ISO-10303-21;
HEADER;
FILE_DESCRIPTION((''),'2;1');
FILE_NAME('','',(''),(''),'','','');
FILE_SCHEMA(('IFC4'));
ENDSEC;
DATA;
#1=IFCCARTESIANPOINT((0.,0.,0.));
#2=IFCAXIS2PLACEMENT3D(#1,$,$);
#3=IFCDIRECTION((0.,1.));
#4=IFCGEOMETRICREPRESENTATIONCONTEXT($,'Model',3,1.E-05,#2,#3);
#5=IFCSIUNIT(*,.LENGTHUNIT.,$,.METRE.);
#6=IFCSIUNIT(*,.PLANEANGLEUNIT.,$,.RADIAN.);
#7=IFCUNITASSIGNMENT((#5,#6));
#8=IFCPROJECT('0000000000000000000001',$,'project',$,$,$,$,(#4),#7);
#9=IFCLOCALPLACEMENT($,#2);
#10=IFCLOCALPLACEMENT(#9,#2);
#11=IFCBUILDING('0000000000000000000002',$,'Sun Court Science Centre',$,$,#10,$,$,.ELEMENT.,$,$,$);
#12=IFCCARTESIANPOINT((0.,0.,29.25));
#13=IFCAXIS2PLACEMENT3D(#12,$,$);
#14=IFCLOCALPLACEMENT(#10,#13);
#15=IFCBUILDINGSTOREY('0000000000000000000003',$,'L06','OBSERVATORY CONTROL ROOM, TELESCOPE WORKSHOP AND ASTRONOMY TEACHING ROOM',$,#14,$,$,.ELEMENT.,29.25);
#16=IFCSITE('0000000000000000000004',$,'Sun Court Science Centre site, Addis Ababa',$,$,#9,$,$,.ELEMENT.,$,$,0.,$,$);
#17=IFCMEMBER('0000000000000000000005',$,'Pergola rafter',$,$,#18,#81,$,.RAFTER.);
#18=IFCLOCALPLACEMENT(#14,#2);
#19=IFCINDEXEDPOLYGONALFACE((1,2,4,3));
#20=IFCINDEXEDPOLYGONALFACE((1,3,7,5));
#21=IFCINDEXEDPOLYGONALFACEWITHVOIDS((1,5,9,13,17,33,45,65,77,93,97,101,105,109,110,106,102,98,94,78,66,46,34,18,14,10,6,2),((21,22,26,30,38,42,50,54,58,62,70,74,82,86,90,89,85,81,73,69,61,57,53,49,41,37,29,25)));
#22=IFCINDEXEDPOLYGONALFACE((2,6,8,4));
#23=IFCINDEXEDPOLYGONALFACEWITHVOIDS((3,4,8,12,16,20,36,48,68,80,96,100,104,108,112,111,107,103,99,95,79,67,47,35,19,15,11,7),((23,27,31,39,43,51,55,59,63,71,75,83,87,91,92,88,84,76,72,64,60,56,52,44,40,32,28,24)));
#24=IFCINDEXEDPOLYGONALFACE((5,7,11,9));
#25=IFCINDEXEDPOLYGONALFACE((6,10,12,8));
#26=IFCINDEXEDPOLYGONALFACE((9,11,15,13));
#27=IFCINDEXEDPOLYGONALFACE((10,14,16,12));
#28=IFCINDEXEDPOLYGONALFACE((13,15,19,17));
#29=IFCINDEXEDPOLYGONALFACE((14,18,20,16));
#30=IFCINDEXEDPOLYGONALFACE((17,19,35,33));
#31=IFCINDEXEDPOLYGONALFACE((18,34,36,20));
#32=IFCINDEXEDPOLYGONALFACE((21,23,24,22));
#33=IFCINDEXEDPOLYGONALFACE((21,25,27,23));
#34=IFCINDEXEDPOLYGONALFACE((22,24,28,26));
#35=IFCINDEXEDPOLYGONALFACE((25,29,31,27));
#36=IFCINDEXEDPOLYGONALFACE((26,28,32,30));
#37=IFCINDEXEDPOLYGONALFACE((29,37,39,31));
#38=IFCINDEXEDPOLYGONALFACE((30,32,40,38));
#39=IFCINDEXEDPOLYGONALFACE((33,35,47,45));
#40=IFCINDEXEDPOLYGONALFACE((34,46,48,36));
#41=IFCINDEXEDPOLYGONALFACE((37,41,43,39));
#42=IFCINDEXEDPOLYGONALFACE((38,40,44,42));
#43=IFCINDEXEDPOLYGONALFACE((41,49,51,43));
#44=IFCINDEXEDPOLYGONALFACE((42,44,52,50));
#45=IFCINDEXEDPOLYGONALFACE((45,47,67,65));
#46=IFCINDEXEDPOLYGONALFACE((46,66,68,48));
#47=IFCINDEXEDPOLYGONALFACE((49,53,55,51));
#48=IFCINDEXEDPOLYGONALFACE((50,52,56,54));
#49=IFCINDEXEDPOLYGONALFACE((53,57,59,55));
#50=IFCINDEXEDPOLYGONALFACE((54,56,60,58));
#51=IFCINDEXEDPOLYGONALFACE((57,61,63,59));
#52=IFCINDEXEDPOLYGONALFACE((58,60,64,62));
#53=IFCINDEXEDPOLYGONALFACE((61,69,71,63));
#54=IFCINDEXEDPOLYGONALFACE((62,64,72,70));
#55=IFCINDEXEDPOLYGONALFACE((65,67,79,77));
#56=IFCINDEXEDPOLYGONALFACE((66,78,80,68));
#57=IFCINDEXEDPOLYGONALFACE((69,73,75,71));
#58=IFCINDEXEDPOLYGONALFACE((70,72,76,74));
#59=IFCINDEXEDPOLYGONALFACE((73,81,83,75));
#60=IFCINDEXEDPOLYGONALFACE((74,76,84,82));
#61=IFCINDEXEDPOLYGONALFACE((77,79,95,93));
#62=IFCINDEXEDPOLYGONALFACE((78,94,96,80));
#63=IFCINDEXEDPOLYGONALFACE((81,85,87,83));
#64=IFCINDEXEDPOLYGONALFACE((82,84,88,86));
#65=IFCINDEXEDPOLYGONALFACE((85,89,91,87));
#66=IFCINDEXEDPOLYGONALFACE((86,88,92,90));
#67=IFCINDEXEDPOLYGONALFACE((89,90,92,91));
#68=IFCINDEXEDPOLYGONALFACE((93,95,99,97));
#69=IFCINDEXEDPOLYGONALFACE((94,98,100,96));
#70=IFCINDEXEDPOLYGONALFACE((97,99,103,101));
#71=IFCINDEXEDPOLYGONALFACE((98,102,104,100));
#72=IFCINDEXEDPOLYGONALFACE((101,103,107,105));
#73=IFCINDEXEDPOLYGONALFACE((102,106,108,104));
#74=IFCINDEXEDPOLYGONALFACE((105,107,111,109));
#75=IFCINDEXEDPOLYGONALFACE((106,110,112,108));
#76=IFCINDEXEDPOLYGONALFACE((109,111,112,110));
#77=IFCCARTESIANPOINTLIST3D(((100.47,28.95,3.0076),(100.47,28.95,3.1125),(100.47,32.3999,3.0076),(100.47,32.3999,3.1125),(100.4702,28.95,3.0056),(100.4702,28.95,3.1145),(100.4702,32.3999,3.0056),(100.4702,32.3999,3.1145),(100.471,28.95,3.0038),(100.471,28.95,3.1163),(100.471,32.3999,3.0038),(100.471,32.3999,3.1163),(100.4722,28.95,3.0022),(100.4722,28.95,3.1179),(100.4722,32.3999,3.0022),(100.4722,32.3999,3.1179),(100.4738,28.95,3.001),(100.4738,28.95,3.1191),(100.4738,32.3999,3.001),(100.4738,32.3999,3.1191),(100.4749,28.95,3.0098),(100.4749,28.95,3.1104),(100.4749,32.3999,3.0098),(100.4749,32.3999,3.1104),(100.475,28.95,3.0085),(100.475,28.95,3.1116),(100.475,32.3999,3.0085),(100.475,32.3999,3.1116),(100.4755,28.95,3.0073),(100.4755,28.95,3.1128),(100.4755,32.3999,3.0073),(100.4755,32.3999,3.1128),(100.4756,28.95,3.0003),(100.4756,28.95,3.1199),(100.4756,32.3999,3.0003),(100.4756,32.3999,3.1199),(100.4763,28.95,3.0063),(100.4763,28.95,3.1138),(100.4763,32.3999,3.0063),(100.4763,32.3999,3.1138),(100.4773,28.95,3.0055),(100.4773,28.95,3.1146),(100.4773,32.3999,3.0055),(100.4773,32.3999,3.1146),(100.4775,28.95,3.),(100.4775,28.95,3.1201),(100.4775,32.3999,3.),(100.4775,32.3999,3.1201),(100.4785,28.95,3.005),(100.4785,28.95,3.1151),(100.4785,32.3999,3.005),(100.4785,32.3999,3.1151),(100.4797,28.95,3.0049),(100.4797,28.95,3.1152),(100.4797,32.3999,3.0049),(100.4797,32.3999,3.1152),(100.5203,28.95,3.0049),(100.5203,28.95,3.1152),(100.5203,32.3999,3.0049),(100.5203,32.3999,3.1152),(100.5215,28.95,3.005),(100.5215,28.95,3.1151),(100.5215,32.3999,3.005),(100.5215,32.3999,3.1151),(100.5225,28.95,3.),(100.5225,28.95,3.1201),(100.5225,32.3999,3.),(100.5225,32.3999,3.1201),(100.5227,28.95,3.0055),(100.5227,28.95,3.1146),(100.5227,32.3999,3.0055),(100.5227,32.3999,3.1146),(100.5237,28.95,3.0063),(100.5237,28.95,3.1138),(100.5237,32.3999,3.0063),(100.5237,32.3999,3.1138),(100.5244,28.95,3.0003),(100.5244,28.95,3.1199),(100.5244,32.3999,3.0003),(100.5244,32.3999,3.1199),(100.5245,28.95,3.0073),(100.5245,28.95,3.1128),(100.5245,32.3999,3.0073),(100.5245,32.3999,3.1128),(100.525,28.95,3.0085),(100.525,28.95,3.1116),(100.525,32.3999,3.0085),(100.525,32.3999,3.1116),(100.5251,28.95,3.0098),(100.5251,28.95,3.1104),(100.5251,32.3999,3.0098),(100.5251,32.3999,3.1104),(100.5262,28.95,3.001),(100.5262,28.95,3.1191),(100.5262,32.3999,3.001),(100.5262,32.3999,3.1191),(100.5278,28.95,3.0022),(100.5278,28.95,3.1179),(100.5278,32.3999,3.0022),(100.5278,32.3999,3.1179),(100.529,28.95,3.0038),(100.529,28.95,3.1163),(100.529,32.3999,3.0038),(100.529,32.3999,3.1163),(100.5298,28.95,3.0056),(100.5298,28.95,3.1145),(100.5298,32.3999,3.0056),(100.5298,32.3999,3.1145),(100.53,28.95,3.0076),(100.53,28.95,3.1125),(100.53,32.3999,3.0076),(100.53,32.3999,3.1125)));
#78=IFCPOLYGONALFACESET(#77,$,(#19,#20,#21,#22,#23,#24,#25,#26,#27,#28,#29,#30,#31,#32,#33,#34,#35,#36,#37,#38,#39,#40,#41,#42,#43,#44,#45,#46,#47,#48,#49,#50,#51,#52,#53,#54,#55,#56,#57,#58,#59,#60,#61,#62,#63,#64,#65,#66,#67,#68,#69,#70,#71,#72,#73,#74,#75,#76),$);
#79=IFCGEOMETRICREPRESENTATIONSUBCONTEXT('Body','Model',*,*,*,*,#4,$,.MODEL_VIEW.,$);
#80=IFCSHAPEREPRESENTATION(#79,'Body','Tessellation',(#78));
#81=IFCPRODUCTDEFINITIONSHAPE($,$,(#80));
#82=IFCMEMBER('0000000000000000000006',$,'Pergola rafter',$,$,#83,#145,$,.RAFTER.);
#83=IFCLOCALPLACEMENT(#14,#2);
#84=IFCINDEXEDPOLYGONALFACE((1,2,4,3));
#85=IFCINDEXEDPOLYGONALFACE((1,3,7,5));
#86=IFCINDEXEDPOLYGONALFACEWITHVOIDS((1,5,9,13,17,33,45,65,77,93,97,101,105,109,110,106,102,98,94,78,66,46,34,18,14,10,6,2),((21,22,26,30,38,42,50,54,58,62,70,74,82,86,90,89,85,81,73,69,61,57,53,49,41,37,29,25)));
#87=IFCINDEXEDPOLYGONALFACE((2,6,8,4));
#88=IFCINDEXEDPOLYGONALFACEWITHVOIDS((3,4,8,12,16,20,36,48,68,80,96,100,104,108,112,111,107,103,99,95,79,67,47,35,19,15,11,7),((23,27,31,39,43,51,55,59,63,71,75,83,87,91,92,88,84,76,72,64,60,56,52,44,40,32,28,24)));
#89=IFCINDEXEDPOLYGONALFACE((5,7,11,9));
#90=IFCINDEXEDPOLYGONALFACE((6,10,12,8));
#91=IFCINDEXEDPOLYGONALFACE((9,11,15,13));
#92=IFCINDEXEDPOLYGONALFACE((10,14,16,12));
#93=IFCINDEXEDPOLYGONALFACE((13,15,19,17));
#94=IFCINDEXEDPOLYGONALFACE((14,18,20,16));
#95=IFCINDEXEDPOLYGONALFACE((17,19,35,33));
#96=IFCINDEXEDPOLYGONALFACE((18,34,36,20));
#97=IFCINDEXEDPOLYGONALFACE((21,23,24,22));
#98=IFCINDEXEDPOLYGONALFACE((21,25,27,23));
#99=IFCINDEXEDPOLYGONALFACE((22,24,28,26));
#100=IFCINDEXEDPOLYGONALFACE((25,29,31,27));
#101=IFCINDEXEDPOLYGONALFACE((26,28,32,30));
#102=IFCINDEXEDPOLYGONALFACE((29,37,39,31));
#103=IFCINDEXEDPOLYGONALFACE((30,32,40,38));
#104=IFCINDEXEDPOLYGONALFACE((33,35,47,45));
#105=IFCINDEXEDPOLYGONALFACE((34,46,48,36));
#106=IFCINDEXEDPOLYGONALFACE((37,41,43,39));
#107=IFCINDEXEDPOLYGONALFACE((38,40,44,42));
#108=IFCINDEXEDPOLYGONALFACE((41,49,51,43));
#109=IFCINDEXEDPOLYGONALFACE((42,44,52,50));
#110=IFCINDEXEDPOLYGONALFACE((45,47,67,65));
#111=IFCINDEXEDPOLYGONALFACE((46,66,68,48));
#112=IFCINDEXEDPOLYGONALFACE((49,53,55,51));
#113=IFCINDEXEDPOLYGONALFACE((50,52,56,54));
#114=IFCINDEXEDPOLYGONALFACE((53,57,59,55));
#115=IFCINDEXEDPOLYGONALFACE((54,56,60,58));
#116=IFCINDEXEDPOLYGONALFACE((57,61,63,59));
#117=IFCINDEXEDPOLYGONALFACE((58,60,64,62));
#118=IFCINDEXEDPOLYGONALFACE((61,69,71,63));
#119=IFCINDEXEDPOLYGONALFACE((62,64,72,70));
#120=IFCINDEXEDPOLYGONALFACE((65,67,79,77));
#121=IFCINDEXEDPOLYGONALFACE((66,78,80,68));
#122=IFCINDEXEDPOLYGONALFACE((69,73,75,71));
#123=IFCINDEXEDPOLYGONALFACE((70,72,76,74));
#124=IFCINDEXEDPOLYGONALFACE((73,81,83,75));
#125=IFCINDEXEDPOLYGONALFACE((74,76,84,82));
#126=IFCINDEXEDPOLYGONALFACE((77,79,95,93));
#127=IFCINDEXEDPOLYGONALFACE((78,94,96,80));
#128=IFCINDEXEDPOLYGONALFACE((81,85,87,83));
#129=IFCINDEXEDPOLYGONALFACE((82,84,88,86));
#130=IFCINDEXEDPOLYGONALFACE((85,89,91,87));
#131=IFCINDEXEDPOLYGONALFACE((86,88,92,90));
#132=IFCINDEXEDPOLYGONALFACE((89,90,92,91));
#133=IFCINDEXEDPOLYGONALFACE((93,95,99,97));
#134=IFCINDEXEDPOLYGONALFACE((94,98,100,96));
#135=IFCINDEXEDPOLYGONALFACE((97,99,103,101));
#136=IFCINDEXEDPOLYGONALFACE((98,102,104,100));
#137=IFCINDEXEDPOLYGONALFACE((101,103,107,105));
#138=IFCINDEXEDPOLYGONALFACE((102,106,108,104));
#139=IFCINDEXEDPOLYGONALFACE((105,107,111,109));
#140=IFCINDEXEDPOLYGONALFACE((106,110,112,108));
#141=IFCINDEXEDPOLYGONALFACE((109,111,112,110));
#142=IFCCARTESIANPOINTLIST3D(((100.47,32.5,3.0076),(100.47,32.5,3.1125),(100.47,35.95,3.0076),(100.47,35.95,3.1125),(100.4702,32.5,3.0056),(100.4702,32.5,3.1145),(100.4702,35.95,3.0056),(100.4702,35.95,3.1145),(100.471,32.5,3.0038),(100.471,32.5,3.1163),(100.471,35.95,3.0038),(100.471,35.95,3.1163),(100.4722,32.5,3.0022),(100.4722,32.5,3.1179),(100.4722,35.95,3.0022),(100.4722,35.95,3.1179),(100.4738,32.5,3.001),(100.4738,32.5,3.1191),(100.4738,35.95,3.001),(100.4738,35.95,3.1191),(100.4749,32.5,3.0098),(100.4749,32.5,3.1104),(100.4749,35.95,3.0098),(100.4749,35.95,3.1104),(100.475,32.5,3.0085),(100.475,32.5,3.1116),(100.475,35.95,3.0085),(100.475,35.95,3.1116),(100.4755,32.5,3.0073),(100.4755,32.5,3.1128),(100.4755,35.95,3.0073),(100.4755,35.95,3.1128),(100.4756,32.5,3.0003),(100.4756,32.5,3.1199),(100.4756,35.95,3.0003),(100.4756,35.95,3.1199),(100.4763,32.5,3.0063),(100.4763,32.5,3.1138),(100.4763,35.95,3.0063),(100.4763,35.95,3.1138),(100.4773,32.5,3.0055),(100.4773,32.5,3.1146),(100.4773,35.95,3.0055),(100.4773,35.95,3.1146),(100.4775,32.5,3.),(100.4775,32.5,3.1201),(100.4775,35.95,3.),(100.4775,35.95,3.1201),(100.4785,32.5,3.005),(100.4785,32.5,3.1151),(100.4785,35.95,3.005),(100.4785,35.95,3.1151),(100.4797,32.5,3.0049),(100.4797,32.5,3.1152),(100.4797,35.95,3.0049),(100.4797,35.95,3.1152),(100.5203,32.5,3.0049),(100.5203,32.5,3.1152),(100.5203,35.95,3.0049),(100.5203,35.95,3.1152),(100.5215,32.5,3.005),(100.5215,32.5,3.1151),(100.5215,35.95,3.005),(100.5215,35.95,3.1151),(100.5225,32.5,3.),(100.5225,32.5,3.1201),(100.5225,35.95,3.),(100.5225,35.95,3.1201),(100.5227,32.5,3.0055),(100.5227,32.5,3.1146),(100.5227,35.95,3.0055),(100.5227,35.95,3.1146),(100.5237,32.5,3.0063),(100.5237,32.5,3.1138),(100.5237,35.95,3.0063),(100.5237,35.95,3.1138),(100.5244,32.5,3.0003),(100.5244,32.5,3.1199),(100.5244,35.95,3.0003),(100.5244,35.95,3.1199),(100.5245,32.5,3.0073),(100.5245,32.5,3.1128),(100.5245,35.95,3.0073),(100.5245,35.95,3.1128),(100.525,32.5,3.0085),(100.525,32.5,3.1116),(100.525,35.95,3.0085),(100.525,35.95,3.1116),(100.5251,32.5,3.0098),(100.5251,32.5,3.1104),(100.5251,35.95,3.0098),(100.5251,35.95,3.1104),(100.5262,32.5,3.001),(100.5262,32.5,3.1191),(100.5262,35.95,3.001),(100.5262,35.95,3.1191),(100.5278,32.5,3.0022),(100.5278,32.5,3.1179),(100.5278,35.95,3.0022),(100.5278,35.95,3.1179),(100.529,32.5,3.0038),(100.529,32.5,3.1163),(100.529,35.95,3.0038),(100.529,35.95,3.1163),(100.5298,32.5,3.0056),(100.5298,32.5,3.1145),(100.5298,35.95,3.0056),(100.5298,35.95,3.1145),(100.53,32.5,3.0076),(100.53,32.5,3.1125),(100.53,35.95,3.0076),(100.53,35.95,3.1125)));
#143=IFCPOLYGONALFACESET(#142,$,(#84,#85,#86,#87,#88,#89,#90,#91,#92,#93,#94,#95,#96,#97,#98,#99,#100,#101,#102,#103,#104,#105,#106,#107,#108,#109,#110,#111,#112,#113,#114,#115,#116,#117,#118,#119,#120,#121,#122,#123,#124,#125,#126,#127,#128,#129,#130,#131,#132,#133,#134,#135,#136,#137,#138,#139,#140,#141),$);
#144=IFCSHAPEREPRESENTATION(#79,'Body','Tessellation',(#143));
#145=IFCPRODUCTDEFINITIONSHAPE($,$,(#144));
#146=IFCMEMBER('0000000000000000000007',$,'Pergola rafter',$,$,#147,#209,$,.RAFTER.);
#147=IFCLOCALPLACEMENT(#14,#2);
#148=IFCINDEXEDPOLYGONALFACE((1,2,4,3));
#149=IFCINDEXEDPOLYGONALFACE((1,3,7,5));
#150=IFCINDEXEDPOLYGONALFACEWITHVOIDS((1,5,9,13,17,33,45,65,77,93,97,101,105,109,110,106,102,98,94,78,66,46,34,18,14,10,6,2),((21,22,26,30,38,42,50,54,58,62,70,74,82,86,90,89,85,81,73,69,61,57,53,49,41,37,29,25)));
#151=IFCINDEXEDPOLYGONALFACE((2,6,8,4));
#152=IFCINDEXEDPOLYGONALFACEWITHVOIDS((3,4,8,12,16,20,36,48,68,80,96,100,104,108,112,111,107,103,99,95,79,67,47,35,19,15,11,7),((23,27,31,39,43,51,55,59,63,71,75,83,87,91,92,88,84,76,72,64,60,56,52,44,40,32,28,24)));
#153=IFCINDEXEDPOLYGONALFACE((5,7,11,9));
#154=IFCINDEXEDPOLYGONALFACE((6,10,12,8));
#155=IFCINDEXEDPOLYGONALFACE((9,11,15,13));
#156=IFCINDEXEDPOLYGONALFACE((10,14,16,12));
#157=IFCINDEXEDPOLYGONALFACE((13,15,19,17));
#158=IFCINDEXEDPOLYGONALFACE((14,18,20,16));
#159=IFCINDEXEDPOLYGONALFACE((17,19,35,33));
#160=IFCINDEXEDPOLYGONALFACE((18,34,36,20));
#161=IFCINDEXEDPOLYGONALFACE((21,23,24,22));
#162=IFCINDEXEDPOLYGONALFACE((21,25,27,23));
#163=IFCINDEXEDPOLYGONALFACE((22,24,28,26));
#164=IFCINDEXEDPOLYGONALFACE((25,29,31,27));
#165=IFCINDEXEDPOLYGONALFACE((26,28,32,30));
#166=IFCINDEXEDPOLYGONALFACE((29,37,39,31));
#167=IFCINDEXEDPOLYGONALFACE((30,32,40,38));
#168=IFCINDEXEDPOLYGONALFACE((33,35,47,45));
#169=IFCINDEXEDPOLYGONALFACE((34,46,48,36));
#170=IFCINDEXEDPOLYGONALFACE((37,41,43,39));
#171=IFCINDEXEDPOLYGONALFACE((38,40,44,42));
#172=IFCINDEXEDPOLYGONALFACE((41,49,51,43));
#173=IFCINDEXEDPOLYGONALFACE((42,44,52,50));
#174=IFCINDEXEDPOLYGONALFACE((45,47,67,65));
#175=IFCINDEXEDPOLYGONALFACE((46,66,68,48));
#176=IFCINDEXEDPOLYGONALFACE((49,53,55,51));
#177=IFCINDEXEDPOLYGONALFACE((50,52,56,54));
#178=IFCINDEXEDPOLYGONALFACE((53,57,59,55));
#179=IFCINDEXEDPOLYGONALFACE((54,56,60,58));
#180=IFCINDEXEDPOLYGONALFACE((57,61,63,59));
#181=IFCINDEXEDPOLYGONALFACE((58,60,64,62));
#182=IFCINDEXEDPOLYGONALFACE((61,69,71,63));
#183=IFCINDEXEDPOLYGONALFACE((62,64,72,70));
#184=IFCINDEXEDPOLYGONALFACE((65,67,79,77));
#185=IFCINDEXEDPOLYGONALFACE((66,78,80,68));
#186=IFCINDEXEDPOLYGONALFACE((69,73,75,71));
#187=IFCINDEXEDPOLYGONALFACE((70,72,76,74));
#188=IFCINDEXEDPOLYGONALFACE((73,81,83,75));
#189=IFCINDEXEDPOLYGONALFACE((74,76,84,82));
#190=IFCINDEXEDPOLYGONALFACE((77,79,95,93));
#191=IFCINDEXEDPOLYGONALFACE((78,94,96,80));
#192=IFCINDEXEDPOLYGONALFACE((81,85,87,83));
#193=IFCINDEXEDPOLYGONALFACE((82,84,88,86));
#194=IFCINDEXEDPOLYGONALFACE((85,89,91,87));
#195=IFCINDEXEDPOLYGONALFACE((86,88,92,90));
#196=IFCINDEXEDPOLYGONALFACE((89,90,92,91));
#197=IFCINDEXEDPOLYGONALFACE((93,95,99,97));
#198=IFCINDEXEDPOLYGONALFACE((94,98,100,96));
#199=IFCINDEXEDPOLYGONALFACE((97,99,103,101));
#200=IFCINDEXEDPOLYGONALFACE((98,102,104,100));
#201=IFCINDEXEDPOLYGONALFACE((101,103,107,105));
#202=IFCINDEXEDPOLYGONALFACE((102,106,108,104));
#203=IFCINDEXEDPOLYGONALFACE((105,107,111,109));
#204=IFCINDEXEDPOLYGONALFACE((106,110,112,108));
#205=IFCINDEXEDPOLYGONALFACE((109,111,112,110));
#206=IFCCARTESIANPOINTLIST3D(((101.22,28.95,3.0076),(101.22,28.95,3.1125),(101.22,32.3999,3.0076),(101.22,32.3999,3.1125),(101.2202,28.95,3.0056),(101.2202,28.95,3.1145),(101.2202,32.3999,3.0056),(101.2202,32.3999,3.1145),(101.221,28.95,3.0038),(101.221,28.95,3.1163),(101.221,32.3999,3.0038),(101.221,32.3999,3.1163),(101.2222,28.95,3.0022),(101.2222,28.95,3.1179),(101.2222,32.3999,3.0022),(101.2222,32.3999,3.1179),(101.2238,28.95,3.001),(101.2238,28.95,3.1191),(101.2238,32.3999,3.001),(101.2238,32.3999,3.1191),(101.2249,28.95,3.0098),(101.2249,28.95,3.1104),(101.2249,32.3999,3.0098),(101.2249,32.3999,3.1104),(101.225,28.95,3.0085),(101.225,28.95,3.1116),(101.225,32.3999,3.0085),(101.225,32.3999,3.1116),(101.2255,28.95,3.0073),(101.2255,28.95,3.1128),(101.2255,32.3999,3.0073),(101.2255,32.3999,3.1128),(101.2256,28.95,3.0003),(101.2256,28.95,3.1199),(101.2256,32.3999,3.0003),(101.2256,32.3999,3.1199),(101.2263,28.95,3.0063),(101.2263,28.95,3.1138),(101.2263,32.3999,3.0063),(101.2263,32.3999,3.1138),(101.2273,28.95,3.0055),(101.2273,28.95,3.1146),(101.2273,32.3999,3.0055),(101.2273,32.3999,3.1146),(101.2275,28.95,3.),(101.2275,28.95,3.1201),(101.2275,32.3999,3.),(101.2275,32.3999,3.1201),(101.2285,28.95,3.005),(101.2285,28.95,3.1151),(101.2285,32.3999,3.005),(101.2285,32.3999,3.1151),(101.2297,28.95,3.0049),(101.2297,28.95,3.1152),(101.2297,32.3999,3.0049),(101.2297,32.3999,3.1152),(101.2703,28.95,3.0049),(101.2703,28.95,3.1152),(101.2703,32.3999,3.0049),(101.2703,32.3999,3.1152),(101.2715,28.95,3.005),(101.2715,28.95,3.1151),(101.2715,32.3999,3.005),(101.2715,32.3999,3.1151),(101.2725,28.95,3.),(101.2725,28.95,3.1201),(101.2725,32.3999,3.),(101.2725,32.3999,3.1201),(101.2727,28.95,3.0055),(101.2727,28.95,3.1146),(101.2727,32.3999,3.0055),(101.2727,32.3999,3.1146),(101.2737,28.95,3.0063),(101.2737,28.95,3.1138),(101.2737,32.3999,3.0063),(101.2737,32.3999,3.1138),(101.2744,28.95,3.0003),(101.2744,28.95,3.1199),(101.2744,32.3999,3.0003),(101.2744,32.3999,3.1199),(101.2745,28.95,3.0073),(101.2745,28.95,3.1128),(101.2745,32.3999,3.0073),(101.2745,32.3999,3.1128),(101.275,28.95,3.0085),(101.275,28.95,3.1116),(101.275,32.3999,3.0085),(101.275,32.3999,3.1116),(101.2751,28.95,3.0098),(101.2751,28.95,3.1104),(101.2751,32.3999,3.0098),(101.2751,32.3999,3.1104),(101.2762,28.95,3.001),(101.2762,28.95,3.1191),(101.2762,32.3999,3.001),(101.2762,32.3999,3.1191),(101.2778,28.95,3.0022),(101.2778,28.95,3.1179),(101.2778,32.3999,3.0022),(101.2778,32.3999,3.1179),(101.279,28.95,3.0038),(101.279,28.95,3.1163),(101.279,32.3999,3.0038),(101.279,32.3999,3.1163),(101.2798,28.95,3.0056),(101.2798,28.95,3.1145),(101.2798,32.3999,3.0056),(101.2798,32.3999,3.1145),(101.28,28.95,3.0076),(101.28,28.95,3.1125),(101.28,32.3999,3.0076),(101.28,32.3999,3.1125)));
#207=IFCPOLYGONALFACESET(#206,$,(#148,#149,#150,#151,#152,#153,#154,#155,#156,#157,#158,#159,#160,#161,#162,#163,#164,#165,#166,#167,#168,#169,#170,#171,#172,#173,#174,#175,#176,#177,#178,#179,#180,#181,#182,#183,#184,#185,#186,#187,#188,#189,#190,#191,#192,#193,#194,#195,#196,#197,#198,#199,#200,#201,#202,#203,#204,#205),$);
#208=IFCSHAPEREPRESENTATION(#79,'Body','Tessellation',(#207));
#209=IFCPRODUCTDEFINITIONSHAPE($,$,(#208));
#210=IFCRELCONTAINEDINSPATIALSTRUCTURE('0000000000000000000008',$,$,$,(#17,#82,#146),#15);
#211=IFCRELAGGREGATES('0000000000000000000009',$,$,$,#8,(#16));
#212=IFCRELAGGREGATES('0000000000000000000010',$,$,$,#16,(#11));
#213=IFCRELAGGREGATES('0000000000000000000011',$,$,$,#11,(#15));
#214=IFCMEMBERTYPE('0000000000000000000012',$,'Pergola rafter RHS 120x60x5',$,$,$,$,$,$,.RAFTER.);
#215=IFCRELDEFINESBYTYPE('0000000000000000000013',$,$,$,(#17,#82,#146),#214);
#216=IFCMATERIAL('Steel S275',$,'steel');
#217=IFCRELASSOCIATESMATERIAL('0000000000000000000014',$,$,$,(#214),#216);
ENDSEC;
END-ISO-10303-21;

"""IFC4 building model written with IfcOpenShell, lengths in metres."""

from ifc_helpers import new_model, si_unit, direction, frame, origin, origin_2d, place, context, subcontext, project, spatial, hollow_rectangle, extrude, material, material_profile, profile_set, type_object, element, save


model = new_model("IFC4")

# Units and contexts
model_context = context("Model", 3, precision=1e-05, world=origin(), true_north=direction((0.0, 1.0)))
body_context = subcontext(model_context, "Body", "Model", "MODEL_VIEW")
ifc_project = project(units=[si_unit("LENGTHUNIT", "METRE"), si_unit("PLANEANGLEUNIT", "RADIAN")], contexts=[model_context])

# Site, building, storey
site_placement = place(None, origin())
site = spatial("IfcSite", under=ifc_project, at=site_placement, Name="Sun Court Science Centre site, Addis Ababa", CompositionType="ELEMENT", RefElevation=0.0)
building_placement = place(site_placement, origin())
building = spatial("IfcBuilding", under=site, at=building_placement, Name="Sun Court Science Centre", CompositionType="ELEMENT")
storey_placement = place(building_placement, frame((0.0, 0.0, 29.25)))
storey = spatial("IfcBuildingStorey", under=building, at=storey_placement, Name="L06", Description="OBSERVATORY CONTROL ROOM, TELESCOPE WORKSHOP AND ASTRONOMY TEACHING ROOM", CompositionType="ELEMENT", Elevation=29.25)

# Members
ifc_material_1 = material(Name="Steel S275", Category="steel")
ifc_material_profile_1 = material_profile(ifc_material_1, hollow_rectangle(XDim=0.0601, YDim=0.1201, WallThickness=0.0049, InnerFilletRadius=0.0049, OuterFilletRadius=0.0076, at=origin_2d()), Name="RHS 120x60x5")
ifc_profile_set_1 = profile_set([ifc_material_profile_1], Name="Steel S275")
member_type_1 = type_object("IfcMemberType", Name="Pergola rafter RHS 120x60x5", PredefinedType="RAFTER", material=ifc_profile_set_1)
for number, where, z_axis, x_axis, name in (
    (1, (100.5, 28.95, 3.0601), (0.0, 1.0, 0.0), (-1.0, 0.0, 0.0), "Pergola rafter"),
    (2, (100.5, 32.5, 3.0601), (0.0, 1.0, 0.0), (-1.0, 0.0, 0.0), "Pergola rafter"),
    (3, (101.25, 28.95, 3.0601), (0.0, 1.0, 0.0), (-1.0, 0.0, 0.0), "Pergola rafter"),
):
    element("IfcMember", number, at=place(storey_placement, frame(where, z_axis=z_axis, x_axis=x_axis)), inside=storey, type_object=member_type_1, Name=name, PredefinedType="RAFTER", context=body_context, shape_type="SweptSolid", body=[
        extrude(hollow_rectangle(XDim=0.0601, YDim=0.1201, WallThickness=0.0049, InnerFilletRadius=0.0049, OuterFilletRadius=0.0076, at=origin_2d()), origin(), (0.0, 0.0, 1.0), 3.45),
    ])

save(model, "model.ifc")
